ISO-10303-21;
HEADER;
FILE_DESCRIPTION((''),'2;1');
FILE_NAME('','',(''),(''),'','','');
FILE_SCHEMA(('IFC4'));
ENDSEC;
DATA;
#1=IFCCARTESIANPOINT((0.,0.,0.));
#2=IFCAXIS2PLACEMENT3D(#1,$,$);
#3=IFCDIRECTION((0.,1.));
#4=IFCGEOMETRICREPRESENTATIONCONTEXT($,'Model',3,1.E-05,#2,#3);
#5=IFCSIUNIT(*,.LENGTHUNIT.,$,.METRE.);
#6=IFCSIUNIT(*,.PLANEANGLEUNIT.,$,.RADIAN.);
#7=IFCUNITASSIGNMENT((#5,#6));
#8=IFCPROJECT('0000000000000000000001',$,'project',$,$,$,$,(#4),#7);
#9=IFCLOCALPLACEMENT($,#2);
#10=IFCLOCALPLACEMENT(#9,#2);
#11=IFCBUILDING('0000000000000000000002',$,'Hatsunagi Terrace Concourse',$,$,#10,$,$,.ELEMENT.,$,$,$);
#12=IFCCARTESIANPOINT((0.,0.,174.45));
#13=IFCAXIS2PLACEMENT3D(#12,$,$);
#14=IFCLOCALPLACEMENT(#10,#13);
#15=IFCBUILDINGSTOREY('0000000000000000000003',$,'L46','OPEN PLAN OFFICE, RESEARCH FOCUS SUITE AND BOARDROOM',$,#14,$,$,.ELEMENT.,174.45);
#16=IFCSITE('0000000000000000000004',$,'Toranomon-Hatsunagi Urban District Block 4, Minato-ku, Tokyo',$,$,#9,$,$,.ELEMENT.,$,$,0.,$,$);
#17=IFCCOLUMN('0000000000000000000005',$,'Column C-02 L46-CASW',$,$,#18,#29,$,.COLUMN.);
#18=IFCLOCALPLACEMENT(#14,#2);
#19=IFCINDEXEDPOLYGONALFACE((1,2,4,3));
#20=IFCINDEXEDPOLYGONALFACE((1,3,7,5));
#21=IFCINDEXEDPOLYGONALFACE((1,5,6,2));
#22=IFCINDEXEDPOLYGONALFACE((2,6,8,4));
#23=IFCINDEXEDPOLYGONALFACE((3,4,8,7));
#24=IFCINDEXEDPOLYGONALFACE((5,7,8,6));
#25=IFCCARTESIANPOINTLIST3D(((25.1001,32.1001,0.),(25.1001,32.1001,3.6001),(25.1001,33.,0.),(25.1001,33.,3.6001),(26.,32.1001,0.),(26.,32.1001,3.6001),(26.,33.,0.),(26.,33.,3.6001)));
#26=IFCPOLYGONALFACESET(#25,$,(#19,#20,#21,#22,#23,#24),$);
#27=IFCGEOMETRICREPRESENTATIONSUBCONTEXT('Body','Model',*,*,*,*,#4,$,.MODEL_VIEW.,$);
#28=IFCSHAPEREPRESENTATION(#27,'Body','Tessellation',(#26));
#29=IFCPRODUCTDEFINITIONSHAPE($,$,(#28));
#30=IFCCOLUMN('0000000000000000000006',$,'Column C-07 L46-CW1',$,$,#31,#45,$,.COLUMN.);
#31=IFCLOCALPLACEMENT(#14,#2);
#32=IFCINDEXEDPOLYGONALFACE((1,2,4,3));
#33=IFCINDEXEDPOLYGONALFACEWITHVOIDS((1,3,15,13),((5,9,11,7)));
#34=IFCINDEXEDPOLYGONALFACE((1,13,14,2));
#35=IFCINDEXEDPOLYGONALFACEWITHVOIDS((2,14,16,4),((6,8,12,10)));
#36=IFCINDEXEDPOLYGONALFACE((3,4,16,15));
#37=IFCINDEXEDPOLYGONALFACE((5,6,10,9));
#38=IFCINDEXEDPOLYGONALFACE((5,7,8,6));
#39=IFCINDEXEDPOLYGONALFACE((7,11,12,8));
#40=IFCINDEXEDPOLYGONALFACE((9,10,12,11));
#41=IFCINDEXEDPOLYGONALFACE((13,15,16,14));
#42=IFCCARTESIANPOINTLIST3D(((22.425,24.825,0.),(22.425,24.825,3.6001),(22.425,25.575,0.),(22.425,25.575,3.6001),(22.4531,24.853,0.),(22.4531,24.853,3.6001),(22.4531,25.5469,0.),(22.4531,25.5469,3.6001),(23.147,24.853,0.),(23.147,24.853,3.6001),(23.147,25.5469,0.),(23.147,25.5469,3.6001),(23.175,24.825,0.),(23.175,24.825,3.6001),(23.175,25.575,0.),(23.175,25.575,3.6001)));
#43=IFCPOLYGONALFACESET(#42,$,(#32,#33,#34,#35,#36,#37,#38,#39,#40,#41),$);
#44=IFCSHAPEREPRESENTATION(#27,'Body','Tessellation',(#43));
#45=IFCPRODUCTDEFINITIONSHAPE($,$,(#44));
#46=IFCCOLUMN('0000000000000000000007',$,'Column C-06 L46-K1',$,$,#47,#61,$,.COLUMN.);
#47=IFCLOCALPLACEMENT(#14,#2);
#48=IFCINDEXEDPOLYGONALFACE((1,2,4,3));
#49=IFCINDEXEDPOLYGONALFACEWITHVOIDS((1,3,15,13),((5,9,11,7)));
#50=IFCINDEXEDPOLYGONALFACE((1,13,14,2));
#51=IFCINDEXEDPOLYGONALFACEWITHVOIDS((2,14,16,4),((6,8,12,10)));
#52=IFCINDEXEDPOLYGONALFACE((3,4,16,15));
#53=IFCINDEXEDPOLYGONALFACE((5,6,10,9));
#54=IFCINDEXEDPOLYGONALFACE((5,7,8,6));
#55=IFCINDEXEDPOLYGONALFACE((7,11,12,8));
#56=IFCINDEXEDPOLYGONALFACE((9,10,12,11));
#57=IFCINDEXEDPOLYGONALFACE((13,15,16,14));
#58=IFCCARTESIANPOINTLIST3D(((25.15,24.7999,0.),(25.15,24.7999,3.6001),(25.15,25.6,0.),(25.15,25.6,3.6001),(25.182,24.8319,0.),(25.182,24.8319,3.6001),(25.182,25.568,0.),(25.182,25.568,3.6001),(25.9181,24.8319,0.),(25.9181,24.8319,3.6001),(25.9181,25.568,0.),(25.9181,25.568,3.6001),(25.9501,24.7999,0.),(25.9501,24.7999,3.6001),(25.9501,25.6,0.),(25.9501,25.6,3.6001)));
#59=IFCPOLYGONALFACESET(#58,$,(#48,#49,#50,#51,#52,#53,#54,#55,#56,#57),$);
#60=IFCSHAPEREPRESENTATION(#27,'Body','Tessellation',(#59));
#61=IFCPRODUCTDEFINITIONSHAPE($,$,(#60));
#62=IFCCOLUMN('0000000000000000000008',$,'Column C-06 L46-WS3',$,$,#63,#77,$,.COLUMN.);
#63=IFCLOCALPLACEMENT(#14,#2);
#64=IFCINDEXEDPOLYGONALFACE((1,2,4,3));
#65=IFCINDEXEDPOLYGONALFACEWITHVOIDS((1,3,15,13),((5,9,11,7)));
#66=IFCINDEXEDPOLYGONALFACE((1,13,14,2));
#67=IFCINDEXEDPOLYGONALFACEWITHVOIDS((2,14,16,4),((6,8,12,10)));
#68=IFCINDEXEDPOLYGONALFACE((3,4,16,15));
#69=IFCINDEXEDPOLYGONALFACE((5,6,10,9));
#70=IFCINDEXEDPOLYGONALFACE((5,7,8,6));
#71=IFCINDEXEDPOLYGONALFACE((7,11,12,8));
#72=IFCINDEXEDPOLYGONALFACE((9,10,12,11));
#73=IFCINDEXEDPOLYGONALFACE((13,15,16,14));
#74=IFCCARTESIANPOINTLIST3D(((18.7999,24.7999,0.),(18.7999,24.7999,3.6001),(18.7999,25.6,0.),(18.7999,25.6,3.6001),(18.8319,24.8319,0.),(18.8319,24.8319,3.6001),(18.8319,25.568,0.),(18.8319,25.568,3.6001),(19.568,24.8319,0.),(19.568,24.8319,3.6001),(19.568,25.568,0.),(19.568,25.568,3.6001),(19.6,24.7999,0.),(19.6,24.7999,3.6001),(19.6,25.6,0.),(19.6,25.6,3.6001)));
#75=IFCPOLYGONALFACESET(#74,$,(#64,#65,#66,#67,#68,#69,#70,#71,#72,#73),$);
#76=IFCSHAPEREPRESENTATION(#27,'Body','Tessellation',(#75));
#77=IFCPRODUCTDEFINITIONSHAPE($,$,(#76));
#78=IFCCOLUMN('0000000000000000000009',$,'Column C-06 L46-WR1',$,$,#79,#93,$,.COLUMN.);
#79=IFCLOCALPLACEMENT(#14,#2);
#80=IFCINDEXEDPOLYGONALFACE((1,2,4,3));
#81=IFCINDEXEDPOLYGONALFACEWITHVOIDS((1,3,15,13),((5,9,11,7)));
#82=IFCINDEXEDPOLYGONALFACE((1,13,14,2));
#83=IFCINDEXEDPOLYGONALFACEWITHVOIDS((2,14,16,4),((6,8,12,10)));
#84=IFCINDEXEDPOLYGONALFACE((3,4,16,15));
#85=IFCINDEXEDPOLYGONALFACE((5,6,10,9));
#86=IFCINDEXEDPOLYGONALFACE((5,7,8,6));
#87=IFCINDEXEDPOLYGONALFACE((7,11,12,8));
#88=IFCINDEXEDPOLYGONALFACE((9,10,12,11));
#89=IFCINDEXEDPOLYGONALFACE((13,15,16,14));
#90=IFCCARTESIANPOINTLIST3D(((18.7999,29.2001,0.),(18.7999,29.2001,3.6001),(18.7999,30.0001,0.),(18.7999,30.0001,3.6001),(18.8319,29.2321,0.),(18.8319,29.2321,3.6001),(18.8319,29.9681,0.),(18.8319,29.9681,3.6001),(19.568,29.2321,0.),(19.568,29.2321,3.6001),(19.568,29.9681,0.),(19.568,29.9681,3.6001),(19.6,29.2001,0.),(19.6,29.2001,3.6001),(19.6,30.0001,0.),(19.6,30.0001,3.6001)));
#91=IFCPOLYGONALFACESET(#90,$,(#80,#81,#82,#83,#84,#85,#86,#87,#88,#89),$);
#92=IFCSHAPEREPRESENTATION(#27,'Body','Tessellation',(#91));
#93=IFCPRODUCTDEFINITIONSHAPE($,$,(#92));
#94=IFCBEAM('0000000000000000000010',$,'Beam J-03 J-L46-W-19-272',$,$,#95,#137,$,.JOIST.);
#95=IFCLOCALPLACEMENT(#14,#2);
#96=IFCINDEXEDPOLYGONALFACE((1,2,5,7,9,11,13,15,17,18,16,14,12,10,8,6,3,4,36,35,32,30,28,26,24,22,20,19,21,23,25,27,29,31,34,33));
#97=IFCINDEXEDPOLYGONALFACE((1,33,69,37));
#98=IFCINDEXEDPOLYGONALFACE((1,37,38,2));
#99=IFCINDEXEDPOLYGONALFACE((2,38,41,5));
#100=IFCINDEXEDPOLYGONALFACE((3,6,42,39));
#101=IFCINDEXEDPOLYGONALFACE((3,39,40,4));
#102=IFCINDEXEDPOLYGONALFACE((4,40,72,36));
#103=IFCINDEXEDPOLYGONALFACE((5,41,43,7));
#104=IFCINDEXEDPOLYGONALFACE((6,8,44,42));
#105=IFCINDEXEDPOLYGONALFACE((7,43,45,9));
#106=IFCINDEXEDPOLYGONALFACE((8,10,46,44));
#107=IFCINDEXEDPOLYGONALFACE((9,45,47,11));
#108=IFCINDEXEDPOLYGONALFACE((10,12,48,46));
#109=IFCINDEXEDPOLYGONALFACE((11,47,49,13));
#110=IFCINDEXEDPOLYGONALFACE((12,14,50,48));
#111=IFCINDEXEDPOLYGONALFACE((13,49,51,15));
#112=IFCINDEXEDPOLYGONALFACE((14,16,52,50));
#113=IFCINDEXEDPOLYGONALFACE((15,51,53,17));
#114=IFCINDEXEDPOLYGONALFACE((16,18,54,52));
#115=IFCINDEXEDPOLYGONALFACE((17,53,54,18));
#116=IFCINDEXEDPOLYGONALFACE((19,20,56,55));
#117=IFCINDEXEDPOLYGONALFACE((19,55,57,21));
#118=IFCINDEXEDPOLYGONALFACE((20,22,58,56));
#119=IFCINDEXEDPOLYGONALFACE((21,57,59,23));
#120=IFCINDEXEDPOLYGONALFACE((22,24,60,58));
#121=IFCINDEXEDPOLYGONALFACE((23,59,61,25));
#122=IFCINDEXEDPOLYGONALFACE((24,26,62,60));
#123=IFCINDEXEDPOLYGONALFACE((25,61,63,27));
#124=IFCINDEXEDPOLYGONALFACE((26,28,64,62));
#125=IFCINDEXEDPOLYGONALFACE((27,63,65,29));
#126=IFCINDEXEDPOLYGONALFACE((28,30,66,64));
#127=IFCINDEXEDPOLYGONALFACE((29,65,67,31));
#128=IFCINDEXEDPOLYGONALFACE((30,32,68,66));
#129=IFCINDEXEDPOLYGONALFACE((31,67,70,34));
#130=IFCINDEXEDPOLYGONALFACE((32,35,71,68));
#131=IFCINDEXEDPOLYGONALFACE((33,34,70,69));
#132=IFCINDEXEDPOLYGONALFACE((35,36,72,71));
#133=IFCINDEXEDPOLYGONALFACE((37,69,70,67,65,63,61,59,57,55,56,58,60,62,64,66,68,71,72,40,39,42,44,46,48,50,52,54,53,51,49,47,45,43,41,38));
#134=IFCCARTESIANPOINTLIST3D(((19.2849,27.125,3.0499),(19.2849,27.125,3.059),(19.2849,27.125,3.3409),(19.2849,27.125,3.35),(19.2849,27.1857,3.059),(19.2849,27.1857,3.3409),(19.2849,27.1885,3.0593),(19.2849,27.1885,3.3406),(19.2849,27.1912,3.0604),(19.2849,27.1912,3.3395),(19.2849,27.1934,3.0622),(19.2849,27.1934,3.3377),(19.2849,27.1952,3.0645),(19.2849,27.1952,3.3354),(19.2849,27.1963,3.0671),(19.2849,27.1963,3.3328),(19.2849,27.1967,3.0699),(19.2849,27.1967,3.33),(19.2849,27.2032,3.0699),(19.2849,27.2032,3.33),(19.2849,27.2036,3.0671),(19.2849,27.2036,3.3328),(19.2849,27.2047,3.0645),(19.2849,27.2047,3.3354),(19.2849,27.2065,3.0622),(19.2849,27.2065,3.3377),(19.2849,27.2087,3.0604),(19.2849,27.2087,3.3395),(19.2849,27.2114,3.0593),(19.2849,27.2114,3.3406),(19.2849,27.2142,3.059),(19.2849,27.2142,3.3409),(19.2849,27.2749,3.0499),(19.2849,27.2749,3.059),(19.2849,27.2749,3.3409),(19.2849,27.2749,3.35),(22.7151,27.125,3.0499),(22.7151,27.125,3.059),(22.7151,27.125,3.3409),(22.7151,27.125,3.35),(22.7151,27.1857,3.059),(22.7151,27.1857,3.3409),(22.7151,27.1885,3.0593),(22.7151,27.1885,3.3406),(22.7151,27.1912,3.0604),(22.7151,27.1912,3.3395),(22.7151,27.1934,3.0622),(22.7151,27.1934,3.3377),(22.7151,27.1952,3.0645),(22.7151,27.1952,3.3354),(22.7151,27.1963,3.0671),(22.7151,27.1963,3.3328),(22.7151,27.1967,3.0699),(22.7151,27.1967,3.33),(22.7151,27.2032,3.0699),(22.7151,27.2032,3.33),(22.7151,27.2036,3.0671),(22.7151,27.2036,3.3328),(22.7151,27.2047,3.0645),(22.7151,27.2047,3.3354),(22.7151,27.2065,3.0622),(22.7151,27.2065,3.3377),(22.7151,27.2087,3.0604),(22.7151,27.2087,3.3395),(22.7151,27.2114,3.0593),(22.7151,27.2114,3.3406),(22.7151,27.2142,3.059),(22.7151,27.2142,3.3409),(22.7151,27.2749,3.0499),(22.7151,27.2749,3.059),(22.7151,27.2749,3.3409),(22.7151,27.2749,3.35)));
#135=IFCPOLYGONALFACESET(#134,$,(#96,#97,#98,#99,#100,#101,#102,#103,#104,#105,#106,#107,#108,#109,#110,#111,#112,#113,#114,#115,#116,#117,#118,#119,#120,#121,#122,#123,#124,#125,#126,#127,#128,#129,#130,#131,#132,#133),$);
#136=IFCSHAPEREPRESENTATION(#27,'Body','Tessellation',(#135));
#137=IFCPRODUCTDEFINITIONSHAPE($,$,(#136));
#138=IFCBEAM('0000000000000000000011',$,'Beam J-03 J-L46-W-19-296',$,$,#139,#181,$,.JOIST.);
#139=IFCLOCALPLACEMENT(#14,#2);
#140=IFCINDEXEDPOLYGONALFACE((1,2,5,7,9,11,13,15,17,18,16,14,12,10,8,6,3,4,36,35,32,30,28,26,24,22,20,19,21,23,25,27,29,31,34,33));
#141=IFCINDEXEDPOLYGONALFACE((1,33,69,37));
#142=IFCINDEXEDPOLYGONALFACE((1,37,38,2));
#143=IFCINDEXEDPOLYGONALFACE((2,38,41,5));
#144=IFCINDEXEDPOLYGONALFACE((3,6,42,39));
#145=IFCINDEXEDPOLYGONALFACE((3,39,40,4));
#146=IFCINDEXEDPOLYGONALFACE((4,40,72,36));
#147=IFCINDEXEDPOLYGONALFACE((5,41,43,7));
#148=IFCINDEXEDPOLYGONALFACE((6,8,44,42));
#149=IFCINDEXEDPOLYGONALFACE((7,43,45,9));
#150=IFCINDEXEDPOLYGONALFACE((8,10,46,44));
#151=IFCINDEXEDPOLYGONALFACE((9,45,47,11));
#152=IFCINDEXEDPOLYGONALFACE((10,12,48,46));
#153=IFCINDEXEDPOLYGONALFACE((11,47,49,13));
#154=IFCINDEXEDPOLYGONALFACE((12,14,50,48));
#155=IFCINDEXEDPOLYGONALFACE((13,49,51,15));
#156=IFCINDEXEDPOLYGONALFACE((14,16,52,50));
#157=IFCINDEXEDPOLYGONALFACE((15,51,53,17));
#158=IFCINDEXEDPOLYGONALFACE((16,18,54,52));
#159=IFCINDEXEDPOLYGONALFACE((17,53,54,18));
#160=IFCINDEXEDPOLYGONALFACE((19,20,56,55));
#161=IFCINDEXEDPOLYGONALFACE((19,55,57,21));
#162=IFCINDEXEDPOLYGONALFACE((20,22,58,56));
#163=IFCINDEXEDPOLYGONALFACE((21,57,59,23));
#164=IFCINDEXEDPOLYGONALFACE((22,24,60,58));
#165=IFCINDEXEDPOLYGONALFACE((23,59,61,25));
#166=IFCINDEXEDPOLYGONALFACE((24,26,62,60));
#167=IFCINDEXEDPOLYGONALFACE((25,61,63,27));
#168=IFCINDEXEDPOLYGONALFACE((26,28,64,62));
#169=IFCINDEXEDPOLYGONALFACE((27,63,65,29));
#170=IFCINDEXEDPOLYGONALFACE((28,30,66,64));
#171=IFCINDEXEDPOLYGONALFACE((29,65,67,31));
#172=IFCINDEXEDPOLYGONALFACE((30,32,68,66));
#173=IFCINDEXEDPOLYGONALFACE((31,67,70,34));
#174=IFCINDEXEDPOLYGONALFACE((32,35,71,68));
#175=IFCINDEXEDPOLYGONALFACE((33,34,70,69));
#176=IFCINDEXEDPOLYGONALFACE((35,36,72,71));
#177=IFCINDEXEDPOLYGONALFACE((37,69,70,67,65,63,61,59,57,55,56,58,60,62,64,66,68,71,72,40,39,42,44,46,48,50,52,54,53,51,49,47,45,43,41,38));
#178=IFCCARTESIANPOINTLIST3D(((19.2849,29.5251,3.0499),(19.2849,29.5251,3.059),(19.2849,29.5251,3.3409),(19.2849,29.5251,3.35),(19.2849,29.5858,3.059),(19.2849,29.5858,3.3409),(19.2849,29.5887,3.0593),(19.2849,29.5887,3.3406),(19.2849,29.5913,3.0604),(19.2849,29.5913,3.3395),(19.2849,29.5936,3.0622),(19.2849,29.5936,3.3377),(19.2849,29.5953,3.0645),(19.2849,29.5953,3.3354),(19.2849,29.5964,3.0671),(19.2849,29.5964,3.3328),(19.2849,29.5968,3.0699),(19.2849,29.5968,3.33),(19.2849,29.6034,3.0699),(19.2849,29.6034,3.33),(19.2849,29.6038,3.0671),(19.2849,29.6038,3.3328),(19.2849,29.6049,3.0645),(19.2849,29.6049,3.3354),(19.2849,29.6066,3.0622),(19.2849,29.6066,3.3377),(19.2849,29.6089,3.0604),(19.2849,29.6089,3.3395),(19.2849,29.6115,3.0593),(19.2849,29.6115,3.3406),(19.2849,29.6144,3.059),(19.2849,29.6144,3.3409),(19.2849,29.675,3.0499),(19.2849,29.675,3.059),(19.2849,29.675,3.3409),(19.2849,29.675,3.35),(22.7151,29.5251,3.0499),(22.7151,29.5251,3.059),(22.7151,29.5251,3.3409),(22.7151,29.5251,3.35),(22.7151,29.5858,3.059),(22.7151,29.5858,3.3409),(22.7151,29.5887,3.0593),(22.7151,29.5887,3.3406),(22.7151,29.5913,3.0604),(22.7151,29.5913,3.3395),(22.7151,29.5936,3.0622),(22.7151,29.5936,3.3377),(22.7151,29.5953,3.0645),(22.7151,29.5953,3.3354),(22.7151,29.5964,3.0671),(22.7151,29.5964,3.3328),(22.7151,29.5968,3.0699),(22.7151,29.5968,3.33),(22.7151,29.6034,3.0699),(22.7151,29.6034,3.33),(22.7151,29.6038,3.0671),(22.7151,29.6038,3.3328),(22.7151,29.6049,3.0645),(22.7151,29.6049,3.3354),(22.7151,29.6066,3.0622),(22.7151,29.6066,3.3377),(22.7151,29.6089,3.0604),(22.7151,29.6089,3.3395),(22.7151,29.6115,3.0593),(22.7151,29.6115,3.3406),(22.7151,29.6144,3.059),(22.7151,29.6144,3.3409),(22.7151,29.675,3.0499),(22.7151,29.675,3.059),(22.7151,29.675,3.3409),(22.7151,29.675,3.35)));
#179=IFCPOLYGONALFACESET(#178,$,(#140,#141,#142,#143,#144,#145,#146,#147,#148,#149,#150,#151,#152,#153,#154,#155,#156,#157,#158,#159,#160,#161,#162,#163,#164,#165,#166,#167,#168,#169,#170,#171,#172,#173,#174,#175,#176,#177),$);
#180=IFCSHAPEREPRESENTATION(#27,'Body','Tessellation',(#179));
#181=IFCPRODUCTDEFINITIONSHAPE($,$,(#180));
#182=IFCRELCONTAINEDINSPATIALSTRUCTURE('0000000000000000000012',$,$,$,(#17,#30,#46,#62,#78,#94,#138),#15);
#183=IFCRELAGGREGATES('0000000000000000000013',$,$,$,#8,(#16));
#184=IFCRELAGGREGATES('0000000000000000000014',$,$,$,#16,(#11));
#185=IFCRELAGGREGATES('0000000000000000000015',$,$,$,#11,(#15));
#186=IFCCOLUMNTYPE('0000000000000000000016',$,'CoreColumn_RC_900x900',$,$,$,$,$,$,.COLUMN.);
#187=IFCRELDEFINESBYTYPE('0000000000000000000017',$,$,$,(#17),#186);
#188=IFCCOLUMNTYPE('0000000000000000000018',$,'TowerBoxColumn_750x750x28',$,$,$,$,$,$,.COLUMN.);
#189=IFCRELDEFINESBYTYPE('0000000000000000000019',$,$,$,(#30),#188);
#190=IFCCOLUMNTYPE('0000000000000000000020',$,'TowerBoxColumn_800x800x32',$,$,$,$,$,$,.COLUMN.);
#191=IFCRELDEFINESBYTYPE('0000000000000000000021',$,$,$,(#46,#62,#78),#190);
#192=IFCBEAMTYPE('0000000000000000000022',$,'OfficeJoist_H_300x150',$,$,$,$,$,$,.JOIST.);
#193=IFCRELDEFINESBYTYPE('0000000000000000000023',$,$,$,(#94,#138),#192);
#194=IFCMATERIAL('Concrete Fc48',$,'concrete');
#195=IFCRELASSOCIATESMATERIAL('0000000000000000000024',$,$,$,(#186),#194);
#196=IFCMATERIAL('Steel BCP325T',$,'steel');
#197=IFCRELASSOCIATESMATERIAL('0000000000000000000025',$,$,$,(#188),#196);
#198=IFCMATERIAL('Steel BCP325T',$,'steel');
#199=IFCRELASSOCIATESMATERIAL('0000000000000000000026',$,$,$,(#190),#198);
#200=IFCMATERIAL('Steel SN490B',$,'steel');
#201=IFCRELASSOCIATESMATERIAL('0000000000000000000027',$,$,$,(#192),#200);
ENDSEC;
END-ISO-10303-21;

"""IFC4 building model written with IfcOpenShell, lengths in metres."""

from ifc_helpers import new_model, si_unit, direction, frame, origin, origin_2d, place, context, subcontext, project, spatial, rectangle, hollow_rectangle, i_section, extrude, material, material_profile, profile_set, type_object, element, save


model = new_model("IFC4")

# Units and contexts
model_context = context("Model", 3, precision=1e-05, world=origin(), true_north=direction((0.0, 1.0)))
body_context = subcontext(model_context, "Body", "Model", "MODEL_VIEW")
ifc_project = project(units=[si_unit("LENGTHUNIT", "METRE"), si_unit("PLANEANGLEUNIT", "RADIAN")], contexts=[model_context])

# Site, building, storey
site_placement = place(None, origin())
site = spatial("IfcSite", under=ifc_project, at=site_placement, Name="Toranomon-Hatsunagi Urban District Block 4, Minato-ku, Tokyo", CompositionType="ELEMENT", RefElevation=0.0)
building_placement = place(site_placement, origin())
building = spatial("IfcBuilding", under=site, at=building_placement, Name="Hatsunagi Terrace Concourse", CompositionType="ELEMENT")
storey_placement = place(building_placement, frame((0.0, 0.0, 174.45)))
storey = spatial("IfcBuildingStorey", under=building, at=storey_placement, Name="L46", Description="OPEN PLAN OFFICE, RESEARCH FOCUS SUITE AND BOARDROOM", CompositionType="ELEMENT", Elevation=174.45)

# Columns
ifc_material_1 = material(Name="Concrete Fc48", Category="concrete")
ifc_material_profile_1 = material_profile(ifc_material_1, rectangle(XDim=0.8999, YDim=0.8999, at=origin_2d()), Name="RC-900x900")
ifc_profile_set_1 = profile_set([ifc_material_profile_1], Name="Concrete Fc48")
column_type_1 = type_object("IfcColumnType", Name="CoreColumn_RC_900x900", PredefinedType="COLUMN", material=ifc_profile_set_1)
column_1_placement = place(storey_placement, frame((25.55, 32.55, 0.0), z_axis=(0.0, 0.0, 1.0), x_axis=(1.0, 0.0, 0.0)))
element("IfcColumn", 1, at=column_1_placement, inside=storey, type_object=column_type_1, Name="Column C-02 L46-CASW", PredefinedType="COLUMN", context=body_context, shape_type="SweptSolid", body=[
    extrude(rectangle(XDim=0.8999, YDim=0.8999, at=origin_2d()), origin(), (0.0, 0.0, 1.0), 3.6001),
])
ifc_material_2 = material(Name="Steel BCP325T", Category="steel")
ifc_material_profile_2 = material_profile(ifc_material_2, hollow_rectangle(XDim=0.75, YDim=0.75, WallThickness=0.0281, at=origin_2d()), Name="BCP-750x750x28")
ifc_profile_set_2 = profile_set([ifc_material_profile_2], Name="Steel BCP325T")
column_type_2 = type_object("IfcColumnType", Name="TowerBoxColumn_750x750x28", PredefinedType="COLUMN", material=ifc_profile_set_2)
column_2_placement = place(storey_placement, frame((22.8, 25.2, 0.0), z_axis=(0.0, 0.0, 1.0), x_axis=(1.0, 0.0, 0.0)))
element("IfcColumn", 2, at=column_2_placement, inside=storey, type_object=column_type_2, Name="Column C-07 L46-CW1", PredefinedType="COLUMN", context=body_context, shape_type="SweptSolid", body=[
    extrude(hollow_rectangle(XDim=0.75, YDim=0.75, WallThickness=0.0281, at=origin_2d()), origin(), (0.0, 0.0, 1.0), 3.6001),
])
ifc_material_3 = material(Name="Steel BCP325T", Category="steel")
ifc_material_profile_3 = material_profile(ifc_material_3, hollow_rectangle(XDim=0.8, YDim=0.8, WallThickness=0.032, at=origin_2d()), Name="BCP-800x800x32")
ifc_profile_set_3 = profile_set([ifc_material_profile_3], Name="Steel BCP325T")
column_type_3 = type_object("IfcColumnType", Name="TowerBoxColumn_800x800x32", PredefinedType="COLUMN", material=ifc_profile_set_3)
for number, where, z_axis, x_axis, name in (
    (3, (25.55, 25.2, 0.0), (0.0, 0.0, 1.0), (1.0, 0.0, 0.0), "Column C-06 L46-K1"),
    (4, (19.2, 25.2, 0.0), (0.0, 0.0, 1.0), (1.0, 0.0, 0.0), "Column C-06 L46-WS3"),
    (5, (19.2, 29.6001, 0.0), (0.0, 0.0, 1.0), (1.0, 0.0, 0.0), "Column C-06 L46-WR1"),
):
    element("IfcColumn", number, at=place(storey_placement, frame(where, z_axis=z_axis, x_axis=x_axis)), inside=storey, type_object=column_type_3, Name=name, PredefinedType="COLUMN", context=body_context, shape_type="SweptSolid", body=[
        extrude(hollow_rectangle(XDim=0.8, YDim=0.8, WallThickness=0.032, at=origin_2d()), origin(), (0.0, 0.0, 1.0), 3.6001),
    ])

# Beams
ifc_material_4 = material(Name="Steel SN490B", Category="steel")
ifc_material_profile_4 = material_profile(ifc_material_4, i_section(OverallWidth=0.1499, OverallDepth=0.3, WebThickness=0.0066, FlangeThickness=0.009, FilletRadius=0.011, at=origin_2d()), Name="H-300x150x6.5x9")
ifc_profile_set_4 = profile_set([ifc_material_profile_4], Name="Steel SN490B")
beam_type_1 = type_object("IfcBeamType", Name="OfficeJoist_H_300x150", PredefinedType="JOIST", material=ifc_profile_set_4)
for number, where, z_axis, x_axis, name in (
    (6, (19.2849, 27.2, 3.2), (1.0, 0.0, 0.0), (0.0, 1.0, 0.0), "Beam J-03 J-L46-W-19-272"),
    (7, (19.2849, 29.6001, 3.2), (1.0, 0.0, 0.0), (0.0, 1.0, 0.0), "Beam J-03 J-L46-W-19-296"),
):
    element("IfcBeam", number, at=place(storey_placement, frame(where, z_axis=z_axis, x_axis=x_axis)), inside=storey, type_object=beam_type_1, Name=name, PredefinedType="JOIST", context=body_context, shape_type="SweptSolid", body=[
        extrude(i_section(OverallWidth=0.1499, OverallDepth=0.3, WebThickness=0.0066, FlangeThickness=0.009, FilletRadius=0.011, at=origin_2d()), origin(), (0.0, 0.0, 1.0), 3.4302),
    ])

save(model, "model.ifc")
